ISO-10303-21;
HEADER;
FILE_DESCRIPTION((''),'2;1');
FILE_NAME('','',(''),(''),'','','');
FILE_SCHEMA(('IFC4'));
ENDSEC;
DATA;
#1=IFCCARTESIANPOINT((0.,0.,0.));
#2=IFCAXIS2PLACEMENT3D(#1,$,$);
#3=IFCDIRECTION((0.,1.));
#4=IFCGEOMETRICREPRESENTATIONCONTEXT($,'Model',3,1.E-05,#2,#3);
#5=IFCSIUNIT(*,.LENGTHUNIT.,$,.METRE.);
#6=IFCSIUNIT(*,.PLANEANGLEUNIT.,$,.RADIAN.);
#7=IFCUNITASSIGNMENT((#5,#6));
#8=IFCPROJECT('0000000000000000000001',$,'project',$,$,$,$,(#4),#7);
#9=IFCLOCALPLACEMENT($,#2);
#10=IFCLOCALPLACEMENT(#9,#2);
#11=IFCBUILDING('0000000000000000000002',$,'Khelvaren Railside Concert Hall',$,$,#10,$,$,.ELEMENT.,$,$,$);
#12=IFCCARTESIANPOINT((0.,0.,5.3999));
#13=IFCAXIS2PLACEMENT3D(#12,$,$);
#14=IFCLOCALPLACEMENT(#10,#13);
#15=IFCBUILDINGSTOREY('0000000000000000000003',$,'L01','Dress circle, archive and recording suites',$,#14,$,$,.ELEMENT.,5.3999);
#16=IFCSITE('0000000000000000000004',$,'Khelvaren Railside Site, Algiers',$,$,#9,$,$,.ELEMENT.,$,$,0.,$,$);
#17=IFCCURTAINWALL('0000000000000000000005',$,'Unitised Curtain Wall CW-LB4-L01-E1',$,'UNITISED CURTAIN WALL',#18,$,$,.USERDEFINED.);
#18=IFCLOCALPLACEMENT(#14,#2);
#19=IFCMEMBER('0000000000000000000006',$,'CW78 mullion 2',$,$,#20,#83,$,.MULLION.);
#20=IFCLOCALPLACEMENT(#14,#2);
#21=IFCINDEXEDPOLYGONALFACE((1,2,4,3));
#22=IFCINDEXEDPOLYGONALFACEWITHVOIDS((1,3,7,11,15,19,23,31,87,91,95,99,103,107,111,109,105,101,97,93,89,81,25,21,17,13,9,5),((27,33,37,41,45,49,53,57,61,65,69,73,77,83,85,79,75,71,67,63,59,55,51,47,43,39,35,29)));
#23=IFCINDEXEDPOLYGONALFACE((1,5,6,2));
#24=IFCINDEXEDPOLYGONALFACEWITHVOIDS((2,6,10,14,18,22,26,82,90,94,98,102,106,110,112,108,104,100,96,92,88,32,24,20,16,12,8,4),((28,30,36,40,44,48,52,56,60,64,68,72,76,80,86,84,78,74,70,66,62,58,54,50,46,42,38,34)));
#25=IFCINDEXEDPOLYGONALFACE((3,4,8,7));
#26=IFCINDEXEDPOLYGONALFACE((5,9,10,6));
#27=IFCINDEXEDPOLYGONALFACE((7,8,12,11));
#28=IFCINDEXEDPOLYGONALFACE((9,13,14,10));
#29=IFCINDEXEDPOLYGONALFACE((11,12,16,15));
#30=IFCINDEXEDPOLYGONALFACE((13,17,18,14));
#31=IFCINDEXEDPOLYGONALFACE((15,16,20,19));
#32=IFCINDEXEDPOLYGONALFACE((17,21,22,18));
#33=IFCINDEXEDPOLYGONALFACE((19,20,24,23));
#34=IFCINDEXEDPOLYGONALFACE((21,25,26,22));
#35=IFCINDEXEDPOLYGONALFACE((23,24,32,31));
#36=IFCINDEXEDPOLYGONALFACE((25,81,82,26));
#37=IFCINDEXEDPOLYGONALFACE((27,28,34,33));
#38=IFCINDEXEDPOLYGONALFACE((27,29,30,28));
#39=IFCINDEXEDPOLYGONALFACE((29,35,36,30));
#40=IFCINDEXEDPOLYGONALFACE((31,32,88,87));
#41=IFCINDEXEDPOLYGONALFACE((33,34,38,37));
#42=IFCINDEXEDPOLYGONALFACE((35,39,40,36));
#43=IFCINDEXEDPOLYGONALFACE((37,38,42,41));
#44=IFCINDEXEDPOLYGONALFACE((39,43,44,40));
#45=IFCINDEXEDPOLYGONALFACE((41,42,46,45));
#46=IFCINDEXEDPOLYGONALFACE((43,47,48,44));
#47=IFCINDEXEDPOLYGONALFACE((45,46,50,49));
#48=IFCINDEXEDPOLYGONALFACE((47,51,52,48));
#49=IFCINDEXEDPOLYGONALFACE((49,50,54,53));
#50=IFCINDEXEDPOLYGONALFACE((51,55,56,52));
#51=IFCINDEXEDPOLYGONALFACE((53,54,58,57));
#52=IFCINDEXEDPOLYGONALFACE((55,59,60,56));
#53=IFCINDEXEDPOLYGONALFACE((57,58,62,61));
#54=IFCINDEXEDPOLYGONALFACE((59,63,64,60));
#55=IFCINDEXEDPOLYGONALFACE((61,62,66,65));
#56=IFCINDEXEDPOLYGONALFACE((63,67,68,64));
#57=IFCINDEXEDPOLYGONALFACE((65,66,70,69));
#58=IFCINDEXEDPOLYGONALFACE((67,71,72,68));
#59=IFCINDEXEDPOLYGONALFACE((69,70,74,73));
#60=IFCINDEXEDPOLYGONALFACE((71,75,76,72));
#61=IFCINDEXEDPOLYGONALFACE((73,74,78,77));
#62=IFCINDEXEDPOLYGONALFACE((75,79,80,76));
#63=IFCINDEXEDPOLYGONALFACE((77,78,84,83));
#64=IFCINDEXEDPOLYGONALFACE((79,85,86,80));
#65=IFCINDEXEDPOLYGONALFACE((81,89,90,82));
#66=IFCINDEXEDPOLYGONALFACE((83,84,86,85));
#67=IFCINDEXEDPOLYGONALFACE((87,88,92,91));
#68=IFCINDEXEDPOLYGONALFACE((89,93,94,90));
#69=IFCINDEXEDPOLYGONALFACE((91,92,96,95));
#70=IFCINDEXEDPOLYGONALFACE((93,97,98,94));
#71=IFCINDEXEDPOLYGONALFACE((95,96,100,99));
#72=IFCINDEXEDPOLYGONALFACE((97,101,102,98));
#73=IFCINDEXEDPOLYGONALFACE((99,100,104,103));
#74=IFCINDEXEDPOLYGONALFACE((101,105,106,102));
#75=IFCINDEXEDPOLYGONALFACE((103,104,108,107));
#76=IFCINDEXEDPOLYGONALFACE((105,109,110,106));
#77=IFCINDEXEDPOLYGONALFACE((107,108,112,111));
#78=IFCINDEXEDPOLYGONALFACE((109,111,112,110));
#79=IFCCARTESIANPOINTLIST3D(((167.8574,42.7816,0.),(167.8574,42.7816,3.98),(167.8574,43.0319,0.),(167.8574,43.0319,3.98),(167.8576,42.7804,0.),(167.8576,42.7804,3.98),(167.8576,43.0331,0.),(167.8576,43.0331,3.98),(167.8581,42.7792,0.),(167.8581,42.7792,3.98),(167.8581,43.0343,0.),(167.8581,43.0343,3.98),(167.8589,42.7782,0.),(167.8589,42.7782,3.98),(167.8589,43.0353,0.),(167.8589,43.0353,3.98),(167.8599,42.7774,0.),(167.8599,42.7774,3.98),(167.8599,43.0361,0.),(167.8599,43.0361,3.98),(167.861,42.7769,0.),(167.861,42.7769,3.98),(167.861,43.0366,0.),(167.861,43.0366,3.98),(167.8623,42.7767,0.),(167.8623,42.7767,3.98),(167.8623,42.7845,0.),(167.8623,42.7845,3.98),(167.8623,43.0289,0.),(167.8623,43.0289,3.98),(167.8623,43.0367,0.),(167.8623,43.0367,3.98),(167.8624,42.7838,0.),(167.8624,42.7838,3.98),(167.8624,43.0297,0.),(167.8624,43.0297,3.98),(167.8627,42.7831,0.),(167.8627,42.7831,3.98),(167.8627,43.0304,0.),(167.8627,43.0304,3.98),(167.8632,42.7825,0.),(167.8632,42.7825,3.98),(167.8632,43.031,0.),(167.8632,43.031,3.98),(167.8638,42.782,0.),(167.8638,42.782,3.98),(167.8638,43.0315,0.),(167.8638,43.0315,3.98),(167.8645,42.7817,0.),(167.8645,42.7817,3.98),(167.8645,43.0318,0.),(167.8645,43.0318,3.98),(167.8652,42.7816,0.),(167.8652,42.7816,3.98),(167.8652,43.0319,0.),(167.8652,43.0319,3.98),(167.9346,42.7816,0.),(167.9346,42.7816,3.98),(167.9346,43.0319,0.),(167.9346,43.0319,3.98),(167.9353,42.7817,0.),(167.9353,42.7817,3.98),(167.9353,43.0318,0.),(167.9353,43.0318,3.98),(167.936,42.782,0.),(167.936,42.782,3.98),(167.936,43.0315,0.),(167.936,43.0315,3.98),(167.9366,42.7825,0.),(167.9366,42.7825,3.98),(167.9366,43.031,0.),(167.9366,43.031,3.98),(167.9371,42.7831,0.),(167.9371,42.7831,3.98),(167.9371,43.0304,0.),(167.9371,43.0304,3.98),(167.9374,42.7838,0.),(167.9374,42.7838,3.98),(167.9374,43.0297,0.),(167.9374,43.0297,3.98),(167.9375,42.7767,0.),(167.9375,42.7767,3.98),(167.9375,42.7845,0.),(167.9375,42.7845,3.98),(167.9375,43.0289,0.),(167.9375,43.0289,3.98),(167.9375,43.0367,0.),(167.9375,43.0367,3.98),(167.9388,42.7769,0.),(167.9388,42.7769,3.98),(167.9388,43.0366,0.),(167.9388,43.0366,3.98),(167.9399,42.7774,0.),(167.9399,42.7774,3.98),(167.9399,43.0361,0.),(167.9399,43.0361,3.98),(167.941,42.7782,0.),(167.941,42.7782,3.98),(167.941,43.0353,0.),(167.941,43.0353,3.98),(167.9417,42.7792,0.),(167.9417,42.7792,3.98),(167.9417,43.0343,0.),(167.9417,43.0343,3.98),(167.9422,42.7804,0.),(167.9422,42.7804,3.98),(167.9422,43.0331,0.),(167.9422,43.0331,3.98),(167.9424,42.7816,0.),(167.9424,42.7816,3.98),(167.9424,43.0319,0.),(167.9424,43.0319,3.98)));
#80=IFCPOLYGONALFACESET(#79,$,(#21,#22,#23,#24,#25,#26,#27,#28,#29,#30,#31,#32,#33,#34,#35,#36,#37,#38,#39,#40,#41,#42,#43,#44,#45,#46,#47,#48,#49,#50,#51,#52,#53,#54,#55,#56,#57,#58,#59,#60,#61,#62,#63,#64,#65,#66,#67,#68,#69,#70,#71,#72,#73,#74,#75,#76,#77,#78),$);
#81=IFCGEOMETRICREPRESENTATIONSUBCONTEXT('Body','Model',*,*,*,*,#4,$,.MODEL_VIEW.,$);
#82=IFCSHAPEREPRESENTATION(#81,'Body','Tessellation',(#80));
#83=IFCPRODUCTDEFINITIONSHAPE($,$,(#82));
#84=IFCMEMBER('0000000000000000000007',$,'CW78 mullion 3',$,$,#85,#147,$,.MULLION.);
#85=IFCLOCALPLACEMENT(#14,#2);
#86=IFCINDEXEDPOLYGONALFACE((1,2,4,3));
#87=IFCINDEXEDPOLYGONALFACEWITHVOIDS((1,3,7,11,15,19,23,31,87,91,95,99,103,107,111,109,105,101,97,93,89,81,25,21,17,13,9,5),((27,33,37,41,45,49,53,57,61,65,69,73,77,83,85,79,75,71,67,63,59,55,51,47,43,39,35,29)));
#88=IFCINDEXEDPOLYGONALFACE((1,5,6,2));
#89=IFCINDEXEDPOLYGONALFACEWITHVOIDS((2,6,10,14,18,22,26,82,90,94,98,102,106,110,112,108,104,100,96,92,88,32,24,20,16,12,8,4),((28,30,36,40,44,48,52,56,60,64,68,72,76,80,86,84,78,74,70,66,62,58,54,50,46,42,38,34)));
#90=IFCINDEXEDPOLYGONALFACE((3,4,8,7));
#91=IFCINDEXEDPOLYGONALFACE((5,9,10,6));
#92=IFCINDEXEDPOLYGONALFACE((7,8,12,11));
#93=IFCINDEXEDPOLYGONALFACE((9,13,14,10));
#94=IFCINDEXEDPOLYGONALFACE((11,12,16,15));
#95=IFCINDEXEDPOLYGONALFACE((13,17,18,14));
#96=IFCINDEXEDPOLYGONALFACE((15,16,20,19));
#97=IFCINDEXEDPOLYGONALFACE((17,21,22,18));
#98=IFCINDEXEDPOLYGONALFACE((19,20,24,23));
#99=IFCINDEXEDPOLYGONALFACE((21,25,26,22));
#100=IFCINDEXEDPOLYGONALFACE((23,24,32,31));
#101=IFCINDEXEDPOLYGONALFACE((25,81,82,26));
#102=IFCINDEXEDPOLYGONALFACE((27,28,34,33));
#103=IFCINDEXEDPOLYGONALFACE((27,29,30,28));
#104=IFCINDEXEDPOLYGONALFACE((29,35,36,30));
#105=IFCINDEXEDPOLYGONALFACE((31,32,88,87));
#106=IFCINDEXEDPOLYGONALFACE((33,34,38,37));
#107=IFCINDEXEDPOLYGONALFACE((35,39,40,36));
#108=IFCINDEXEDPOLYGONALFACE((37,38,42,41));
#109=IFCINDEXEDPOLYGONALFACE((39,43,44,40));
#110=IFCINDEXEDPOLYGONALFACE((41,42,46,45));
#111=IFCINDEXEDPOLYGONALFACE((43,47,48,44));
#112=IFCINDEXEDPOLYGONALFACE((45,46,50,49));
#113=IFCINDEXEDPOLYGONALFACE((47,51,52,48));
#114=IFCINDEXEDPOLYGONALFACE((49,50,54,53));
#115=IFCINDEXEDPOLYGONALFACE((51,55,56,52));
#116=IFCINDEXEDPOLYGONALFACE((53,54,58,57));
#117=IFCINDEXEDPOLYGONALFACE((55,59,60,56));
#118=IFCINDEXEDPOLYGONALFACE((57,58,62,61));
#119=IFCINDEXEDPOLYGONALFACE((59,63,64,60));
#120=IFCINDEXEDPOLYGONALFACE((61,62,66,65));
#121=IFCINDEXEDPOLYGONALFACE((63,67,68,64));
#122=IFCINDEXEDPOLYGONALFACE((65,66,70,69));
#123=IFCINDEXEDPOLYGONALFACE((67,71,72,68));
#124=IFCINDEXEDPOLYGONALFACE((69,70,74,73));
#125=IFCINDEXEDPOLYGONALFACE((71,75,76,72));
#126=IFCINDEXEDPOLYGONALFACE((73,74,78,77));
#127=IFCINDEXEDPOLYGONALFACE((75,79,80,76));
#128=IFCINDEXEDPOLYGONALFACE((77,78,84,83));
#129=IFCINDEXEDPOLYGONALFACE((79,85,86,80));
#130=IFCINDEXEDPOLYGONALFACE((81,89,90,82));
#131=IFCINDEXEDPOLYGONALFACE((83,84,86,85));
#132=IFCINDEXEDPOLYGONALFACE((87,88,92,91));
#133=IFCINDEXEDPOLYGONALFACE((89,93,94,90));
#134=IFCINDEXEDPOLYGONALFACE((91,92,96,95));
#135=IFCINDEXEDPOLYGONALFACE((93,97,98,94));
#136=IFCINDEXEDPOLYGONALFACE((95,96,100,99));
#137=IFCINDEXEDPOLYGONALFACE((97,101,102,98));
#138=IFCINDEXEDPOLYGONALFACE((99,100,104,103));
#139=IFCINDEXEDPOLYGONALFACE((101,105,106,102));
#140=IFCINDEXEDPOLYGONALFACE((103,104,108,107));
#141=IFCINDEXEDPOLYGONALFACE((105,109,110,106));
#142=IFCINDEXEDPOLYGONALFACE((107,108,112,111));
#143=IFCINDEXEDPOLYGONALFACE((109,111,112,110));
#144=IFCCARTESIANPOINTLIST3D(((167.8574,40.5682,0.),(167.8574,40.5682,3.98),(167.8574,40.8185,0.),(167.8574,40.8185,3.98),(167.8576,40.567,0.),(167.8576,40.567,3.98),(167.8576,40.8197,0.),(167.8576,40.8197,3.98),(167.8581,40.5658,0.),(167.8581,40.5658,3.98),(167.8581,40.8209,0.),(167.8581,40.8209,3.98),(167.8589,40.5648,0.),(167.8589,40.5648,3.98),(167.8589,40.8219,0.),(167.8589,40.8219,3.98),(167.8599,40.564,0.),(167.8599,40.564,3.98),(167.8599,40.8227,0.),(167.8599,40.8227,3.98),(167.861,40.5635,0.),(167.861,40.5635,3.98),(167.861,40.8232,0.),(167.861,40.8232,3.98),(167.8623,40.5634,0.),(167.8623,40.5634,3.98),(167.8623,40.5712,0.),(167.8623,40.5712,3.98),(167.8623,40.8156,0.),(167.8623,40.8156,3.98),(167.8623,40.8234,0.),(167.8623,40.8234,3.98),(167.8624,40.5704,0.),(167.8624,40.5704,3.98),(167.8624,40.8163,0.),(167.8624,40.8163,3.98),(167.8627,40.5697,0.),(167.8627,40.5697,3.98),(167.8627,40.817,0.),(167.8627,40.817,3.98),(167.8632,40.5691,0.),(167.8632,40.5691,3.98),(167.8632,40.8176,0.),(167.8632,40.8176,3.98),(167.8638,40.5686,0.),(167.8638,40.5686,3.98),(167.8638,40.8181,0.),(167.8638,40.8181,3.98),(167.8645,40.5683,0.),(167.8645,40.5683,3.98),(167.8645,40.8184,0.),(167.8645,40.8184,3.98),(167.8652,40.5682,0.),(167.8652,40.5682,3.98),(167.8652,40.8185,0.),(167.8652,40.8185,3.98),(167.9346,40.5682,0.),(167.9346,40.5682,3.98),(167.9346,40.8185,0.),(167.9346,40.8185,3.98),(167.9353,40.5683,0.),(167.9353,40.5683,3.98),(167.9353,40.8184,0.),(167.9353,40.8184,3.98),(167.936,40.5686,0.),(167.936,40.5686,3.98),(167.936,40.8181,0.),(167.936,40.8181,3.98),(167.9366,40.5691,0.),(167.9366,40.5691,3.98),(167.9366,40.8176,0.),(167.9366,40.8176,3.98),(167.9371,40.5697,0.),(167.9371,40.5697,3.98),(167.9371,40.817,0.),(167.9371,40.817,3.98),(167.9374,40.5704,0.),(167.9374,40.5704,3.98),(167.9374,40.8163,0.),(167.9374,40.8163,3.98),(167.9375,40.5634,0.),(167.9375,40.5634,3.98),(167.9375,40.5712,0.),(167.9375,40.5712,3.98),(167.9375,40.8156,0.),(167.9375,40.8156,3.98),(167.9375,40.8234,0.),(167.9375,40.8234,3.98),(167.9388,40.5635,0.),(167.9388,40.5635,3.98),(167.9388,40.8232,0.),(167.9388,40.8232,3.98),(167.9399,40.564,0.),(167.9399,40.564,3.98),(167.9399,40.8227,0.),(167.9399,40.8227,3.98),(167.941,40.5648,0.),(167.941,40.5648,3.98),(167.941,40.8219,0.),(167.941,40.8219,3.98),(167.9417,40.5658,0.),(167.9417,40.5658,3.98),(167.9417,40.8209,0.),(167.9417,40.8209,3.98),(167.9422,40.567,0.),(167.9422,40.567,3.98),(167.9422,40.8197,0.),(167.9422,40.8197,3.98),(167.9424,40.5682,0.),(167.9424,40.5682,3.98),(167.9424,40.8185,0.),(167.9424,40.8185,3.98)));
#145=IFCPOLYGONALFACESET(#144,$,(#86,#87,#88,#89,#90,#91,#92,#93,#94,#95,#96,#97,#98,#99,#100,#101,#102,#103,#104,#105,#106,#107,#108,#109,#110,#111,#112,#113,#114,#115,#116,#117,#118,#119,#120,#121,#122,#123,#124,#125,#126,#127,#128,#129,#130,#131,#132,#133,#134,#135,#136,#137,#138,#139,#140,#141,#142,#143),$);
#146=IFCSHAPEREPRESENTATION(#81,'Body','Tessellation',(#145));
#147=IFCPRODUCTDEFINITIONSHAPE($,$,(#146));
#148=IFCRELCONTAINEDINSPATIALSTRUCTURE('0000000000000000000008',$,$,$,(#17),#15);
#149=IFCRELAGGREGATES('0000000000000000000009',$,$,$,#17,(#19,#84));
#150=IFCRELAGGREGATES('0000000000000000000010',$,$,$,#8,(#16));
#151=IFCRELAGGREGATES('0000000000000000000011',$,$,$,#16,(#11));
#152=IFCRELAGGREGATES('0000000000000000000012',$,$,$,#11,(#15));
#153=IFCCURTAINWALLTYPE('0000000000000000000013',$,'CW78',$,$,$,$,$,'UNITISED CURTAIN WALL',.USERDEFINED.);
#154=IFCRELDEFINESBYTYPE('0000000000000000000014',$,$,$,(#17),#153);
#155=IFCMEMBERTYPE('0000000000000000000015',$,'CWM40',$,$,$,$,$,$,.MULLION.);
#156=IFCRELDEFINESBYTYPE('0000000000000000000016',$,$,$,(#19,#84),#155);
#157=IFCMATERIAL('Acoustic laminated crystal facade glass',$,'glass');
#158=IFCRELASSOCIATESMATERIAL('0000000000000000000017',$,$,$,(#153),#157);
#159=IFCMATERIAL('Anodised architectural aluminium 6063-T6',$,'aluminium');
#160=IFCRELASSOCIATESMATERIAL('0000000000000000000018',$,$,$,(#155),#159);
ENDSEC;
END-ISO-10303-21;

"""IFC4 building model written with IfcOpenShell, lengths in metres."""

from ifc_helpers import new_model, si_unit, direction, frame, origin, origin_2d, place, context, subcontext, project, spatial, hollow_rectangle, extrude, material, material_profile, profile_set, type_object, element, aggregate, save


model = new_model("IFC4")

# Units and contexts
model_context = context("Model", 3, precision=1e-05, world=origin(), true_north=direction((0.0, 1.0)))
body_context = subcontext(model_context, "Body", "Model", "MODEL_VIEW")
ifc_project = project(units=[si_unit("LENGTHUNIT", "METRE"), si_unit("PLANEANGLEUNIT", "RADIAN")], contexts=[model_context])

# Site, building, storey
site_placement = place(None, origin())
site = spatial("IfcSite", under=ifc_project, at=site_placement, Name="Khelvaren Railside Site, Algiers", CompositionType="ELEMENT", RefElevation=0.0)
building_placement = place(site_placement, origin())
building = spatial("IfcBuilding", under=site, at=building_placement, Name="Khelvaren Railside Concert Hall", CompositionType="ELEMENT")
storey_placement = place(building_placement, frame((0.0, 0.0, 5.3999)))
storey = spatial("IfcBuildingStorey", under=building, at=storey_placement, Name="L01", Description="Dress circle, archive and recording suites", CompositionType="ELEMENT", Elevation=5.3999)

# Curtain wall, members
ifc_material_1 = material(Name="Acoustic laminated crystal facade glass", Category="glass")
curtain_wall_type = type_object("IfcCurtainWallType", Name="CW78", ElementType="UNITISED CURTAIN WALL", PredefinedType="USERDEFINED", material=ifc_material_1)
curtain_wall_placement = place(storey_placement, origin())
curtain_wall = element("IfcCurtainWall", 1, at=curtain_wall_placement, inside=storey, type_object=curtain_wall_type, Name="Unitised Curtain Wall CW-LB4-L01-E1", ObjectType="UNITISED CURTAIN WALL", PredefinedType="USERDEFINED")
ifc_material_2 = material(Name="Anodised architectural aluminium 6063-T6", Category="aluminium")
ifc_material_profile_1 = material_profile(ifc_material_2, hollow_rectangle(XDim=0.085, YDim=0.26, WallThickness=0.0049, InnerFilletRadius=0.0029, OuterFilletRadius=0.0049, at=origin_2d()), Name="CWM 85x260x5")
ifc_profile_set_1 = profile_set([ifc_material_profile_1], Name="Anodised architectural aluminium 6063-T6")
member_type_1 = type_object("IfcMemberType", Name="CWM40", PredefinedType="MULLION", material=ifc_profile_set_1)
member_1_placement = place(storey_placement, frame((167.8999, 42.9067, 0.0), z_axis=(0.0, 0.0, 1.0), x_axis=(1.0, 0.0, 0.0)))
member_1 = element("IfcMember", 2, at=member_1_placement, type_object=member_type_1, Name="CW78 mullion 2", PredefinedType="MULLION", context=body_context, shape_type="SweptSolid", body=[
    extrude(hollow_rectangle(XDim=0.085, YDim=0.26, WallThickness=0.0049, InnerFilletRadius=0.0029, OuterFilletRadius=0.0049, at=origin_2d()), origin(), (0.0, 0.0, 1.0), 3.98),
])
member_2_placement = place(storey_placement, frame((167.8999, 40.6934, 0.0), z_axis=(0.0, 0.0, 1.0), x_axis=(1.0, 0.0, 0.0)))
member_2 = element("IfcMember", 3, at=member_2_placement, type_object=member_type_1, Name="CW78 mullion 3", PredefinedType="MULLION", context=body_context, shape_type="SweptSolid", body=[
    extrude(hollow_rectangle(XDim=0.085, YDim=0.26, WallThickness=0.0049, InnerFilletRadius=0.0029, OuterFilletRadius=0.0049, at=origin_2d()), origin(), (0.0, 0.0, 1.0), 3.98),
])

aggregate(curtain_wall, [member_1, member_2])

save(model, "model.ifc")
